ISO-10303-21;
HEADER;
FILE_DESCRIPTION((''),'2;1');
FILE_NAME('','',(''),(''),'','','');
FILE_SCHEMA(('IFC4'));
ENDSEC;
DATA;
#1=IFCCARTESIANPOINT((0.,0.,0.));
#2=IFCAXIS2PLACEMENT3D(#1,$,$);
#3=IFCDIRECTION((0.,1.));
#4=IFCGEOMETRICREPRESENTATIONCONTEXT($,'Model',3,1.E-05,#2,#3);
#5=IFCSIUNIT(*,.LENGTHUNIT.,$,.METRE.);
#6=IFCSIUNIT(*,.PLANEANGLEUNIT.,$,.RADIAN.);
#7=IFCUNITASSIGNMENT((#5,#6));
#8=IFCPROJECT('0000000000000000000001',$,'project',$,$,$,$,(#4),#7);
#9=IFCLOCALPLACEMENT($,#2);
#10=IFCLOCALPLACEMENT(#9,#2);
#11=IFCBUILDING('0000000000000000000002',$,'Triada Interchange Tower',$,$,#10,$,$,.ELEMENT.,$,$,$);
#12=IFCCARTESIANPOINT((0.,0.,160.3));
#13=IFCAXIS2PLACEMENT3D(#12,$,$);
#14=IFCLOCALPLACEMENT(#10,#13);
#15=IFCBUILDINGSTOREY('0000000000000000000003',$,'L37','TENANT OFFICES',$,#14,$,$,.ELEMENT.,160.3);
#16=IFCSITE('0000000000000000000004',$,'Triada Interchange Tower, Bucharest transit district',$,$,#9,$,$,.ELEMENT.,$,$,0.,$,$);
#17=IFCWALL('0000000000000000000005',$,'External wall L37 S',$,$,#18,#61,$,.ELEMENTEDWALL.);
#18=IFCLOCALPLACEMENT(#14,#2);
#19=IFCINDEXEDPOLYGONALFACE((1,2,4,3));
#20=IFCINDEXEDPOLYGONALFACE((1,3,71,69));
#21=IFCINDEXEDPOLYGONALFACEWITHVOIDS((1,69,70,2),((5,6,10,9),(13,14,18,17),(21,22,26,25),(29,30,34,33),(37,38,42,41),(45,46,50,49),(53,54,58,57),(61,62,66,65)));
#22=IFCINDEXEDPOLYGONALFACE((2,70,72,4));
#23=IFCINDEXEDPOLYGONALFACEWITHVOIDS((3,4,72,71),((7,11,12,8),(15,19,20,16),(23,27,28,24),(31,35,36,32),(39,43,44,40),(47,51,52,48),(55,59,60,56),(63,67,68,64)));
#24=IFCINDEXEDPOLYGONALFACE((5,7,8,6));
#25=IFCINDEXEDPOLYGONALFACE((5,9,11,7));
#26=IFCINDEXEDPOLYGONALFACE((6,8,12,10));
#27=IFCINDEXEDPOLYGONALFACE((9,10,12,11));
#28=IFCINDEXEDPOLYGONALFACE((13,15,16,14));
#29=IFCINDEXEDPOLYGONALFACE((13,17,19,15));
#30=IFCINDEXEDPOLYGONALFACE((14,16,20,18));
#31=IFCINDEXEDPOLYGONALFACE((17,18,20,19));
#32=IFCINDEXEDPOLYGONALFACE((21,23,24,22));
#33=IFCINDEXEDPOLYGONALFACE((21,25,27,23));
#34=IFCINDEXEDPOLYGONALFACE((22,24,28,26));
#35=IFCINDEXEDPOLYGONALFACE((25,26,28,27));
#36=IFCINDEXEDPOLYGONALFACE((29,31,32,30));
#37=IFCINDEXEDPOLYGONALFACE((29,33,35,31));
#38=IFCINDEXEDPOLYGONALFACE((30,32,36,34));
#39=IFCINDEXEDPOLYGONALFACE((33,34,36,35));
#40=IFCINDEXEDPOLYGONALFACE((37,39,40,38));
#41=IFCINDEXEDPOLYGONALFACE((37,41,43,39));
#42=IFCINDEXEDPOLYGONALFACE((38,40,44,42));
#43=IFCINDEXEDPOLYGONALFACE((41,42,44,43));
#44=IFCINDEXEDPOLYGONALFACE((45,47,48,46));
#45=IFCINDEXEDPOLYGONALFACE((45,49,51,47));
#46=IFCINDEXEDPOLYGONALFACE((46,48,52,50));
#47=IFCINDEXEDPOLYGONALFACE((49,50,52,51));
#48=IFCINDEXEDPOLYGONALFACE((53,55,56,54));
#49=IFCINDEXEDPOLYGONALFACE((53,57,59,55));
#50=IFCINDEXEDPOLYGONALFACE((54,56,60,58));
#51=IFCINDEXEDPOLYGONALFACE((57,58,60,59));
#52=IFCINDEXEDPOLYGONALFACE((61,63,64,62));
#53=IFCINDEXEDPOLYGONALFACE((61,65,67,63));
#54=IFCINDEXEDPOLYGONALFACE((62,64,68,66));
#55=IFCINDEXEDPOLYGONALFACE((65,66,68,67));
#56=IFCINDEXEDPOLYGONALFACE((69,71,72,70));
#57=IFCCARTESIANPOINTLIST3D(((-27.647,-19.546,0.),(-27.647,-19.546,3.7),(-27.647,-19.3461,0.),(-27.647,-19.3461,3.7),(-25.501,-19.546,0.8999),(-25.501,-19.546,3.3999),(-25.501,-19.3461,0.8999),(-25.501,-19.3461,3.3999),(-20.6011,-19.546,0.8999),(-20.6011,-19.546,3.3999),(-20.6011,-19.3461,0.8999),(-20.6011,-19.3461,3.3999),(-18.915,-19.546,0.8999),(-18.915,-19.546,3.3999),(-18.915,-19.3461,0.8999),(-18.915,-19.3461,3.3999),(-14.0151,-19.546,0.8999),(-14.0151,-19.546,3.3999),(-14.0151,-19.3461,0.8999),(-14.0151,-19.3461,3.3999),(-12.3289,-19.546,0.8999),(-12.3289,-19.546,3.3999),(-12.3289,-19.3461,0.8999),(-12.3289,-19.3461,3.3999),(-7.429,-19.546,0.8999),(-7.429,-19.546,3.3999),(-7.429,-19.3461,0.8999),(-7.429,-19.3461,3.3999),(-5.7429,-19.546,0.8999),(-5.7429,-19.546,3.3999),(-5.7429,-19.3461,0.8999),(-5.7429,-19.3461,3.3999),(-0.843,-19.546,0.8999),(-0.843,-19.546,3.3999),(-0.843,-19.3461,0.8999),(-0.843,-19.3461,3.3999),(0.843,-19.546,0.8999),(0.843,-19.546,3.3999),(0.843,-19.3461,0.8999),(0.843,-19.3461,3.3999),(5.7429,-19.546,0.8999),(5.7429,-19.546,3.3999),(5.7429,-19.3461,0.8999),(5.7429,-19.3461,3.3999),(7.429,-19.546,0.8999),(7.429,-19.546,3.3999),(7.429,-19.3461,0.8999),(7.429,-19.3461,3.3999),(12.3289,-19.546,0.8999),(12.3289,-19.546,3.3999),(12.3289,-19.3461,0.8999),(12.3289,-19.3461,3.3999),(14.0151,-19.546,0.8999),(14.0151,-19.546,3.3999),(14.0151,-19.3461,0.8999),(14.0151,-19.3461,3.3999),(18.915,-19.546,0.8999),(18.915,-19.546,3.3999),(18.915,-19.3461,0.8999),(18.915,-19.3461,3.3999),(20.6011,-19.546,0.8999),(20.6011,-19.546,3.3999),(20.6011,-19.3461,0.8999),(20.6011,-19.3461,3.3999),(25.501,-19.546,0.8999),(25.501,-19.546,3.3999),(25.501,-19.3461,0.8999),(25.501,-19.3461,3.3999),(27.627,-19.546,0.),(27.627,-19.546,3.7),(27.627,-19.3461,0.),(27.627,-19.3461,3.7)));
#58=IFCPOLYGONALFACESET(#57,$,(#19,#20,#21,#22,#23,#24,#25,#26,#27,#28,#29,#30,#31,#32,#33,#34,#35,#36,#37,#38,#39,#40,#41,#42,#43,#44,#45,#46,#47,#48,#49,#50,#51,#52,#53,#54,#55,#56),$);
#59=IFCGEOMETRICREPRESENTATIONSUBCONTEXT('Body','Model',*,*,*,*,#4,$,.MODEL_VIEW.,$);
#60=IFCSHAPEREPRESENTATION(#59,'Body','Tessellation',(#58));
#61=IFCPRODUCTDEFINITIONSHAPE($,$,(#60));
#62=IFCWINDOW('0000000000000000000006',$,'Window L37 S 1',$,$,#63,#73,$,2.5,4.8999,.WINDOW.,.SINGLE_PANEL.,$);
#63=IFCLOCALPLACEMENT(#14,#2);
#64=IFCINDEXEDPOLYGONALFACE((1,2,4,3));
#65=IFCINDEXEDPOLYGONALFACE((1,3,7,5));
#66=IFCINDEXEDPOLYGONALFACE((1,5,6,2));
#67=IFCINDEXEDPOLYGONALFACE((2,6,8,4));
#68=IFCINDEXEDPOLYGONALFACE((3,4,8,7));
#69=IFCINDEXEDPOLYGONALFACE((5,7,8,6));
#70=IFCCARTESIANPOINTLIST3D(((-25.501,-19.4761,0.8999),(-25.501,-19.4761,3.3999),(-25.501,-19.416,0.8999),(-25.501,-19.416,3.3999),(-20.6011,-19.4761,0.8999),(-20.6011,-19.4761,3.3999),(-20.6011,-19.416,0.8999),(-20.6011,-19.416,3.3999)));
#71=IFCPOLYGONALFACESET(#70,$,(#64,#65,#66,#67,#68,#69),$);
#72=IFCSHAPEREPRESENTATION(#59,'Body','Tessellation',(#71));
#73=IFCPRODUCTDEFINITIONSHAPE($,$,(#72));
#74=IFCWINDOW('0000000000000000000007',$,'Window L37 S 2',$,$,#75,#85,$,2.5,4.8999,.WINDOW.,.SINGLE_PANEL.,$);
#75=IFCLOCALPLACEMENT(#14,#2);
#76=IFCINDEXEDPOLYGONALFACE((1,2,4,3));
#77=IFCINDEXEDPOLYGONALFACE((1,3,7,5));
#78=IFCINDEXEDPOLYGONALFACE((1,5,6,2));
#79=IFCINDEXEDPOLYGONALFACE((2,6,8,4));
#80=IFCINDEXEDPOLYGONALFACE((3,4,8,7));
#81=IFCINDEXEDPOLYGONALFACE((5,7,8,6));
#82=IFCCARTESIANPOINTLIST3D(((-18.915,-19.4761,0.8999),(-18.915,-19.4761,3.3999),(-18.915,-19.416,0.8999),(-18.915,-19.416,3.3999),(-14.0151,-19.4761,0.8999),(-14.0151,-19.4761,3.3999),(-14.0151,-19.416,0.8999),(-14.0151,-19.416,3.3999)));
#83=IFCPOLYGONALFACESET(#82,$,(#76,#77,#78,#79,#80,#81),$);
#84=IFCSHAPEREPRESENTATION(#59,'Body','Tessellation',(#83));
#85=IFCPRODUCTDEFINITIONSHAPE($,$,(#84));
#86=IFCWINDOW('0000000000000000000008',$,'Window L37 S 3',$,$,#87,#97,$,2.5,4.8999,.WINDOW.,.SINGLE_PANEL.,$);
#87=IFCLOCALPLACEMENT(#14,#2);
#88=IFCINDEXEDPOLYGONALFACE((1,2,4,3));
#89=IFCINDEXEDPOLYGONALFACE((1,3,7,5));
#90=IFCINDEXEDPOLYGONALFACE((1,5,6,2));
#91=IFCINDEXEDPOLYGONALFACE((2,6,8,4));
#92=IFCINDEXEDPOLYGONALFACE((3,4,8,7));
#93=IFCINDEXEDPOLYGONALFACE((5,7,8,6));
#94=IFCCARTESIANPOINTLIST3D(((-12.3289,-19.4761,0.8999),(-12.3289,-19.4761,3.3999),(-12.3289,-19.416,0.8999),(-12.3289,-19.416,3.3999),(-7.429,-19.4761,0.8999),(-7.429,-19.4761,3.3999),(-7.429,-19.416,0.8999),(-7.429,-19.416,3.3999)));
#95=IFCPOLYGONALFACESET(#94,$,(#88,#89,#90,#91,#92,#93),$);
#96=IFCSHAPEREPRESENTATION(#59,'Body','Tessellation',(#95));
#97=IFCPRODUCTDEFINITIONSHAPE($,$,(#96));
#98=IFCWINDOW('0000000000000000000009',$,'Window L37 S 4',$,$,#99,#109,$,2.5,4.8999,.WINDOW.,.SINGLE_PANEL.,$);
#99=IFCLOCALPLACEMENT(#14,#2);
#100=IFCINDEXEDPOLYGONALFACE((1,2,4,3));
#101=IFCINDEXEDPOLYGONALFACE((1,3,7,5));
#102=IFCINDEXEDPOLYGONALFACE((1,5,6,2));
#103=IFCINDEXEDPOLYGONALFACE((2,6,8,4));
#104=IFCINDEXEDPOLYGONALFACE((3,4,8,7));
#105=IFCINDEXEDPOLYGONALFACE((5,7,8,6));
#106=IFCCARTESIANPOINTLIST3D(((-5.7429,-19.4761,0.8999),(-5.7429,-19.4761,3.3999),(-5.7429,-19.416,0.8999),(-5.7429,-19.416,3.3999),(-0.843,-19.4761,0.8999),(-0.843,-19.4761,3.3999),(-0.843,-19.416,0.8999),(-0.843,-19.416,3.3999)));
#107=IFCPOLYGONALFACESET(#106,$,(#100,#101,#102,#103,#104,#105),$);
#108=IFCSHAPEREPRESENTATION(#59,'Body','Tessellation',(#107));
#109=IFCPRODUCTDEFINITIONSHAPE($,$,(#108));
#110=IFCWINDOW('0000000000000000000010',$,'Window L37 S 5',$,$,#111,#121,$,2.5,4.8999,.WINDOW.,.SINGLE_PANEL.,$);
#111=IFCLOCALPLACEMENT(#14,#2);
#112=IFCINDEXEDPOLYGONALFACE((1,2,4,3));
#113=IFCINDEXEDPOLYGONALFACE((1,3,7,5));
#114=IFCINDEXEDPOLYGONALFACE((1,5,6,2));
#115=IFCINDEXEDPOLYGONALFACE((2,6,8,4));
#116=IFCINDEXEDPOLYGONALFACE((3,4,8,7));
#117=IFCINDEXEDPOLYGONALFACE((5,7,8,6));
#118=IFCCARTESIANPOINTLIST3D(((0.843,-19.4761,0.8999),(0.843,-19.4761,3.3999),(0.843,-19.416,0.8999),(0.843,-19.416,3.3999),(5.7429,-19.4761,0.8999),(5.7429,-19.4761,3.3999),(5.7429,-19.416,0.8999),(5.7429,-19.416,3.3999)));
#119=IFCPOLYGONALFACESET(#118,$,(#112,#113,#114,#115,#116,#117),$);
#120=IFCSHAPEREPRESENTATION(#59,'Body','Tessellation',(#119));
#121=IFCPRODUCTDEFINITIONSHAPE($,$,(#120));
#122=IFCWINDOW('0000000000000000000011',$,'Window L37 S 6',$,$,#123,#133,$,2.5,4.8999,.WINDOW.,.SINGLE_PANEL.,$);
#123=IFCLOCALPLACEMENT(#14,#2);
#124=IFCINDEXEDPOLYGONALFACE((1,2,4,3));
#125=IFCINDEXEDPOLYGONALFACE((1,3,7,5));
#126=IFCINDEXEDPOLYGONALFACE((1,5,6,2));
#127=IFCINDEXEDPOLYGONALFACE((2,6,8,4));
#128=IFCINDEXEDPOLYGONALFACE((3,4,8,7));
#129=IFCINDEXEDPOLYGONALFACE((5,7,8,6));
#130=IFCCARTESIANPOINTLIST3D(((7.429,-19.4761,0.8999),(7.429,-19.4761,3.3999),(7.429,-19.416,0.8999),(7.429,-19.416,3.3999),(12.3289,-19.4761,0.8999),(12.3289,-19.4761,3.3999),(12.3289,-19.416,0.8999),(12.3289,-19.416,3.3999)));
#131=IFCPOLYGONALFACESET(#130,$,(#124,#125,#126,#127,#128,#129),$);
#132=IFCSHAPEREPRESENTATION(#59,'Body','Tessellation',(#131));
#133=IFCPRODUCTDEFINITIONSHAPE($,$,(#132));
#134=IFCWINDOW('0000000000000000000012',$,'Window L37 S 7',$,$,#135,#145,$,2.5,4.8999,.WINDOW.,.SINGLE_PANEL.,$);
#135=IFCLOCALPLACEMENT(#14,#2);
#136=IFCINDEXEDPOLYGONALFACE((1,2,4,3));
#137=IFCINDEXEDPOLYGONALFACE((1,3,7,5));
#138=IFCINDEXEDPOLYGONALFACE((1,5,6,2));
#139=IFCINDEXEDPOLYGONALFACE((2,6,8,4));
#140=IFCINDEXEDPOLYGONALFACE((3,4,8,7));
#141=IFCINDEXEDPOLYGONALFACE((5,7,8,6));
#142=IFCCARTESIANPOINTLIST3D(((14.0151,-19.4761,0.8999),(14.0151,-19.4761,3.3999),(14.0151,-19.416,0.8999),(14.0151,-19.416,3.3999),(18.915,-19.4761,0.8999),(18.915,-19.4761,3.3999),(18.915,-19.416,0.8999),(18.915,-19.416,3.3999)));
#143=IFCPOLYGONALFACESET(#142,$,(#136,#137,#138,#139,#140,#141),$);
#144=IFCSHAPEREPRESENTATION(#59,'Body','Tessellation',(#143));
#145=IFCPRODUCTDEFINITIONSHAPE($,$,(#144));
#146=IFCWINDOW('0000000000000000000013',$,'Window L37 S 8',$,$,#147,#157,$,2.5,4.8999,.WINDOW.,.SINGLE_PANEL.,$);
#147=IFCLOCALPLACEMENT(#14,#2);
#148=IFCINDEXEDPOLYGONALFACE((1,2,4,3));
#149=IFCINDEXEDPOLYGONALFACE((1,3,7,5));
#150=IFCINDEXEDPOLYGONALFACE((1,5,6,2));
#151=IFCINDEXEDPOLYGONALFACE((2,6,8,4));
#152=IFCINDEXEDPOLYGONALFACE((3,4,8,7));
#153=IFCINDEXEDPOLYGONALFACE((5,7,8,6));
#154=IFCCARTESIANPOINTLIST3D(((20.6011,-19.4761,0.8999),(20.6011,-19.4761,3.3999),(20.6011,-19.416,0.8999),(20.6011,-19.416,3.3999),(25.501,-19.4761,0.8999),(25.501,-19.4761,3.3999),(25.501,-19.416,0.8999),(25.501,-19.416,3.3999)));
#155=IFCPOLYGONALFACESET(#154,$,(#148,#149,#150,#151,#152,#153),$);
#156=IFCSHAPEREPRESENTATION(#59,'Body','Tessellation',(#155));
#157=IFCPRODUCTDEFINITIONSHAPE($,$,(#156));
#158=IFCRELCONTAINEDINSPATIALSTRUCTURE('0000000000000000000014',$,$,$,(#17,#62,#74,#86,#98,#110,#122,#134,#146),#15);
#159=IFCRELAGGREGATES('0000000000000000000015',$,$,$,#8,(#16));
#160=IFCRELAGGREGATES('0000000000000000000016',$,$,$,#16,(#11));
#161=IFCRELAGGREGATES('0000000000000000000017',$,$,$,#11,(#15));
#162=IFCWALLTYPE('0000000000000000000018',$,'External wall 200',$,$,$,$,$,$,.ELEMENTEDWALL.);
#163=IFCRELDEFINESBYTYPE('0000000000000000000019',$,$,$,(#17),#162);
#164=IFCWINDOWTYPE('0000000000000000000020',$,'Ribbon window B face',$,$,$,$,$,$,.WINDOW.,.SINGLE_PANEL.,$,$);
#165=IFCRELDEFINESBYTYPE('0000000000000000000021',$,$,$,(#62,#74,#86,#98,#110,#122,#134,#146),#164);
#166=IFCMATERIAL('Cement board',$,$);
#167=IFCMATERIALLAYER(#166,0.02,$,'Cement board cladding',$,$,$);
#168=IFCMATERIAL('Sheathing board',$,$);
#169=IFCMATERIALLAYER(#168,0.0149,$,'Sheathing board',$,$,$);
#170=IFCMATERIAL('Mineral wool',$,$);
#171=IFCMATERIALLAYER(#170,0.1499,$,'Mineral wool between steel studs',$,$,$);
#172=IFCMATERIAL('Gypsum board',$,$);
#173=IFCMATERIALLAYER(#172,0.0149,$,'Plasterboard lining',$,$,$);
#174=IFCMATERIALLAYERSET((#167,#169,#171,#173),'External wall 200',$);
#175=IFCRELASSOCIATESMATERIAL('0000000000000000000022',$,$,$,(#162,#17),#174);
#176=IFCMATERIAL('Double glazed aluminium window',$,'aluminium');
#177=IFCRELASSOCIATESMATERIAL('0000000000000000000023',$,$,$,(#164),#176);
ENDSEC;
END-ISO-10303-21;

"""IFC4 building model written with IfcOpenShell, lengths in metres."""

from ifc_helpers import new_model, si_unit, direction, frame, frame_2d, origin, place, context, subcontext, project, spatial, rectangle, extrude, material, layer, layer_set, layer_usage, type_object, element, fill, save


model = new_model("IFC4")

# Units and contexts
model_context = context("Model", 3, precision=1e-05, world=origin(), true_north=direction((0.0, 1.0)))
body_context = subcontext(model_context, "Body", "Model", "MODEL_VIEW")
ifc_project = project(units=[si_unit("LENGTHUNIT", "METRE"), si_unit("PLANEANGLEUNIT", "RADIAN")], contexts=[model_context])

# Site, building, storey
site_placement = place(None, origin())
site = spatial("IfcSite", under=ifc_project, at=site_placement, Name="Triada Interchange Tower, Bucharest transit district", CompositionType="ELEMENT", RefElevation=0.0)
building_placement = place(site_placement, origin())
building = spatial("IfcBuilding", under=site, at=building_placement, Name="Triada Interchange Tower", CompositionType="ELEMENT")
storey_placement = place(building_placement, frame((0.0, 0.0, 160.3)))
storey = spatial("IfcBuildingStorey", under=building, at=storey_placement, Name="L37", Description="TENANT OFFICES", CompositionType="ELEMENT", Elevation=160.3)

# Shared definitions
ifc_material_1 = material(Name="Cement board")
ifc_layer_1 = layer(ifc_material_1, 0.02, Name="Cement board cladding")
ifc_material_2 = material(Name="Sheathing board")
ifc_layer_2 = layer(ifc_material_2, 0.0149, Name="Sheathing board")
ifc_material_3 = material(Name="Mineral wool")
ifc_layer_3 = layer(ifc_material_3, 0.1499, Name="Mineral wool between steel studs")
ifc_material_4 = material(Name="Gypsum board")
ifc_layer_4 = layer(ifc_material_4, 0.0149, Name="Plasterboard lining")
ifc_layer_set_1 = layer_set([ifc_layer_1, ifc_layer_2, ifc_layer_3, ifc_layer_4], Name="External wall 200")
ifc_layer_usage = layer_usage(ifc_layer_set_1, "AXIS2", "POSITIVE", -0.1001)
wall_type_1 = type_object("IfcWallType", Name="External wall 200", PredefinedType="ELEMENTEDWALL", material=ifc_layer_set_1)
ifc_material_5 = material(Name="Double glazed aluminium window", Category="aluminium")

# Wall, openings, windows
wall_1_placement = place(storey_placement, frame((-27.647, -19.446, 0.0), z_axis=(0.0, 0.0, 1.0), x_axis=(1.0, 0.0, 0.0)))
wall_1 = element("IfcWall", 1, at=wall_1_placement, inside=storey, type_object=wall_type_1, material=ifc_layer_usage, Name="External wall L37 S", PredefinedType="ELEMENTEDWALL", context=body_context, shape_type="SweptSolid", body=[
    extrude(rectangle(XDim=55.2739, YDim=0.2, at=frame_2d((27.637, 0.0))), origin(), (0.0, 0.0, 1.0), 3.7),
])
opening_1_placement = place(wall_1_placement, frame((2.146, 0.0, 0.8999)))
opening_1 = element("IfcOpeningElement", 2, at=opening_1_placement, cuts=wall_1, PredefinedType="OPENING", context=body_context, shape_type="SweptSolid", body=[
    extrude(rectangle(XDim=4.8999, YDim=2.5, at=frame_2d((2.45, 1.25))), frame((0.0, 0.1099, 0.0), z_axis=(0.0, -1.0, 0.0), x_axis=(1.0, 0.0, 0.0)), (0.0, 0.0, 1.0), 0.22),
])
opening_2_placement = place(wall_1_placement, frame((8.7319, 0.0, 0.8999)))
opening_2 = element("IfcOpeningElement", 3, at=opening_2_placement, cuts=wall_1, PredefinedType="OPENING", context=body_context, shape_type="SweptSolid", body=[
    extrude(rectangle(XDim=4.8999, YDim=2.5, at=frame_2d((2.45, 1.25))), frame((0.0, 0.1099, 0.0), z_axis=(0.0, -1.0, 0.0), x_axis=(1.0, 0.0, 0.0)), (0.0, 0.0, 1.0), 0.22),
])
opening_3_placement = place(wall_1_placement, frame((15.3181, 0.0, 0.8999)))
opening_3 = element("IfcOpeningElement", 4, at=opening_3_placement, cuts=wall_1, PredefinedType="OPENING", context=body_context, shape_type="SweptSolid", body=[
    extrude(rectangle(XDim=4.8999, YDim=2.5, at=frame_2d((2.45, 1.25))), frame((0.0, 0.1099, 0.0), z_axis=(0.0, -1.0, 0.0), x_axis=(1.0, 0.0, 0.0)), (0.0, 0.0, 1.0), 0.22),
])
opening_4_placement = place(wall_1_placement, frame((21.9041, 0.0, 0.8999)))
opening_4 = element("IfcOpeningElement", 5, at=opening_4_placement, cuts=wall_1, PredefinedType="OPENING", context=body_context, shape_type="SweptSolid", body=[
    extrude(rectangle(XDim=4.8999, YDim=2.5, at=frame_2d((2.45, 1.25))), frame((0.0, 0.1099, 0.0), z_axis=(0.0, -1.0, 0.0), x_axis=(1.0, 0.0, 0.0)), (0.0, 0.0, 1.0), 0.22),
])
opening_5_placement = place(wall_1_placement, frame((28.49, 0.0, 0.8999)))
opening_5 = element("IfcOpeningElement", 6, at=opening_5_placement, cuts=wall_1, PredefinedType="OPENING", context=body_context, shape_type="SweptSolid", body=[
    extrude(rectangle(XDim=4.8999, YDim=2.5, at=frame_2d((2.45, 1.25))), frame((0.0, 0.1099, 0.0), z_axis=(0.0, -1.0, 0.0), x_axis=(1.0, 0.0, 0.0)), (0.0, 0.0, 1.0), 0.22),
])
opening_6_placement = place(wall_1_placement, frame((35.0759, 0.0, 0.8999)))
opening_6 = element("IfcOpeningElement", 7, at=opening_6_placement, cuts=wall_1, PredefinedType="OPENING", context=body_context, shape_type="SweptSolid", body=[
    extrude(rectangle(XDim=4.8999, YDim=2.5, at=frame_2d((2.45, 1.25))), frame((0.0, 0.1099, 0.0), z_axis=(0.0, -1.0, 0.0), x_axis=(1.0, 0.0, 0.0)), (0.0, 0.0, 1.0), 0.22),
])
opening_7_placement = place(wall_1_placement, frame((41.6621, 0.0, 0.8999)))
opening_7 = element("IfcOpeningElement", 8, at=opening_7_placement, cuts=wall_1, PredefinedType="OPENING", context=body_context, shape_type="SweptSolid", body=[
    extrude(rectangle(XDim=4.8999, YDim=2.5, at=frame_2d((2.45, 1.25))), frame((0.0, 0.1099, 0.0), z_axis=(0.0, -1.0, 0.0), x_axis=(1.0, 0.0, 0.0)), (0.0, 0.0, 1.0), 0.22),
])
opening_8_placement = place(wall_1_placement, frame((48.248, 0.0, 0.8999)))
opening_8 = element("IfcOpeningElement", 9, at=opening_8_placement, cuts=wall_1, PredefinedType="OPENING", context=body_context, shape_type="SweptSolid", body=[
    extrude(rectangle(XDim=4.8999, YDim=2.5, at=frame_2d((2.45, 1.25))), frame((0.0, 0.1099, 0.0), z_axis=(0.0, -1.0, 0.0), x_axis=(1.0, 0.0, 0.0)), (0.0, 0.0, 1.0), 0.22),
])
window_type_1 = type_object("IfcWindowType", Name="Ribbon window B face", PartitioningType="SINGLE_PANEL", PredefinedType="WINDOW", material=ifc_material_5)
window_1_placement = place(opening_1_placement, origin())
window_1 = element("IfcWindow", 10, at=window_1_placement, inside=storey, type_object=window_type_1, Name="Window L37 S 1", OverallHeight=2.5, OverallWidth=4.8999, PartitioningType="SINGLE_PANEL", PredefinedType="WINDOW", context=body_context, shape_type="SweptSolid", body=[
    extrude(rectangle(XDim=4.8999, YDim=2.5, at=frame_2d((2.45, 1.25))), frame((0.0, 0.03, 0.0), z_axis=(0.0, -1.0, 0.0), x_axis=(1.0, 0.0, 0.0)), (0.0, 0.0, 1.0), 0.0601),
])
fill(opening_1, window_1)
window_2_placement = place(opening_2_placement, origin())
window_2 = element("IfcWindow", 11, at=window_2_placement, inside=storey, type_object=window_type_1, Name="Window L37 S 2", OverallHeight=2.5, OverallWidth=4.8999, PartitioningType="SINGLE_PANEL", PredefinedType="WINDOW", context=body_context, shape_type="SweptSolid", body=[
    extrude(rectangle(XDim=4.8999, YDim=2.5, at=frame_2d((2.45, 1.25))), frame((0.0, 0.03, 0.0), z_axis=(0.0, -1.0, 0.0), x_axis=(1.0, 0.0, 0.0)), (0.0, 0.0, 1.0), 0.0601),
])
fill(opening_2, window_2)
window_3_placement = place(opening_3_placement, origin())
window_3 = element("IfcWindow", 12, at=window_3_placement, inside=storey, type_object=window_type_1, Name="Window L37 S 3", OverallHeight=2.5, OverallWidth=4.8999, PartitioningType="SINGLE_PANEL", PredefinedType="WINDOW", context=body_context, shape_type="SweptSolid", body=[
    extrude(rectangle(XDim=4.8999, YDim=2.5, at=frame_2d((2.45, 1.25))), frame((0.0, 0.03, 0.0), z_axis=(0.0, -1.0, 0.0), x_axis=(1.0, 0.0, 0.0)), (0.0, 0.0, 1.0), 0.0601),
])
fill(opening_3, window_3)
window_4_placement = place(opening_4_placement, origin())
window_4 = element("IfcWindow", 13, at=window_4_placement, inside=storey, type_object=window_type_1, Name="Window L37 S 4", OverallHeight=2.5, OverallWidth=4.8999, PartitioningType="SINGLE_PANEL", PredefinedType="WINDOW", context=body_context, shape_type="SweptSolid", body=[
    extrude(rectangle(XDim=4.8999, YDim=2.5, at=frame_2d((2.45, 1.25))), frame((0.0, 0.03, 0.0), z_axis=(0.0, -1.0, 0.0), x_axis=(1.0, 0.0, 0.0)), (0.0, 0.0, 1.0), 0.0601),
])
fill(opening_4, window_4)
window_5_placement = place(opening_5_placement, origin())
window_5 = element("IfcWindow", 14, at=window_5_placement, inside=storey, type_object=window_type_1, Name="Window L37 S 5", OverallHeight=2.5, OverallWidth=4.8999, PartitioningType="SINGLE_PANEL", PredefinedType="WINDOW", context=body_context, shape_type="SweptSolid", body=[
    extrude(rectangle(XDim=4.8999, YDim=2.5, at=frame_2d((2.45, 1.25))), frame((0.0, 0.03, 0.0), z_axis=(0.0, -1.0, 0.0), x_axis=(1.0, 0.0, 0.0)), (0.0, 0.0, 1.0), 0.0601),
])
fill(opening_5, window_5)
window_6_placement = place(opening_6_placement, origin())
window_6 = element("IfcWindow", 15, at=window_6_placement, inside=storey, type_object=window_type_1, Name="Window L37 S 6", OverallHeight=2.5, OverallWidth=4.8999, PartitioningType="SINGLE_PANEL", PredefinedType="WINDOW", context=body_context, shape_type="SweptSolid", body=[
    extrude(rectangle(XDim=4.8999, YDim=2.5, at=frame_2d((2.45, 1.25))), frame((0.0, 0.03, 0.0), z_axis=(0.0, -1.0, 0.0), x_axis=(1.0, 0.0, 0.0)), (0.0, 0.0, 1.0), 0.0601),
])
fill(opening_6, window_6)
window_7_placement = place(opening_7_placement, origin())
window_7 = element("IfcWindow", 16, at=window_7_placement, inside=storey, type_object=window_type_1, Name="Window L37 S 7", OverallHeight=2.5, OverallWidth=4.8999, PartitioningType="SINGLE_PANEL", PredefinedType="WINDOW", context=body_context, shape_type="SweptSolid", body=[
    extrude(rectangle(XDim=4.8999, YDim=2.5, at=frame_2d((2.45, 1.25))), frame((0.0, 0.03, 0.0), z_axis=(0.0, -1.0, 0.0), x_axis=(1.0, 0.0, 0.0)), (0.0, 0.0, 1.0), 0.0601),
])
fill(opening_7, window_7)
window_8_placement = place(opening_8_placement, origin())
window_8 = element("IfcWindow", 17, at=window_8_placement, inside=storey, type_object=window_type_1, Name="Window L37 S 8", OverallHeight=2.5, OverallWidth=4.8999, PartitioningType="SINGLE_PANEL", PredefinedType="WINDOW", context=body_context, shape_type="SweptSolid", body=[
    extrude(rectangle(XDim=4.8999, YDim=2.5, at=frame_2d((2.45, 1.25))), frame((0.0, 0.03, 0.0), z_axis=(0.0, -1.0, 0.0), x_axis=(1.0, 0.0, 0.0)), (0.0, 0.0, 1.0), 0.0601),
])
fill(opening_8, window_8)

save(model, "model.ifc")
